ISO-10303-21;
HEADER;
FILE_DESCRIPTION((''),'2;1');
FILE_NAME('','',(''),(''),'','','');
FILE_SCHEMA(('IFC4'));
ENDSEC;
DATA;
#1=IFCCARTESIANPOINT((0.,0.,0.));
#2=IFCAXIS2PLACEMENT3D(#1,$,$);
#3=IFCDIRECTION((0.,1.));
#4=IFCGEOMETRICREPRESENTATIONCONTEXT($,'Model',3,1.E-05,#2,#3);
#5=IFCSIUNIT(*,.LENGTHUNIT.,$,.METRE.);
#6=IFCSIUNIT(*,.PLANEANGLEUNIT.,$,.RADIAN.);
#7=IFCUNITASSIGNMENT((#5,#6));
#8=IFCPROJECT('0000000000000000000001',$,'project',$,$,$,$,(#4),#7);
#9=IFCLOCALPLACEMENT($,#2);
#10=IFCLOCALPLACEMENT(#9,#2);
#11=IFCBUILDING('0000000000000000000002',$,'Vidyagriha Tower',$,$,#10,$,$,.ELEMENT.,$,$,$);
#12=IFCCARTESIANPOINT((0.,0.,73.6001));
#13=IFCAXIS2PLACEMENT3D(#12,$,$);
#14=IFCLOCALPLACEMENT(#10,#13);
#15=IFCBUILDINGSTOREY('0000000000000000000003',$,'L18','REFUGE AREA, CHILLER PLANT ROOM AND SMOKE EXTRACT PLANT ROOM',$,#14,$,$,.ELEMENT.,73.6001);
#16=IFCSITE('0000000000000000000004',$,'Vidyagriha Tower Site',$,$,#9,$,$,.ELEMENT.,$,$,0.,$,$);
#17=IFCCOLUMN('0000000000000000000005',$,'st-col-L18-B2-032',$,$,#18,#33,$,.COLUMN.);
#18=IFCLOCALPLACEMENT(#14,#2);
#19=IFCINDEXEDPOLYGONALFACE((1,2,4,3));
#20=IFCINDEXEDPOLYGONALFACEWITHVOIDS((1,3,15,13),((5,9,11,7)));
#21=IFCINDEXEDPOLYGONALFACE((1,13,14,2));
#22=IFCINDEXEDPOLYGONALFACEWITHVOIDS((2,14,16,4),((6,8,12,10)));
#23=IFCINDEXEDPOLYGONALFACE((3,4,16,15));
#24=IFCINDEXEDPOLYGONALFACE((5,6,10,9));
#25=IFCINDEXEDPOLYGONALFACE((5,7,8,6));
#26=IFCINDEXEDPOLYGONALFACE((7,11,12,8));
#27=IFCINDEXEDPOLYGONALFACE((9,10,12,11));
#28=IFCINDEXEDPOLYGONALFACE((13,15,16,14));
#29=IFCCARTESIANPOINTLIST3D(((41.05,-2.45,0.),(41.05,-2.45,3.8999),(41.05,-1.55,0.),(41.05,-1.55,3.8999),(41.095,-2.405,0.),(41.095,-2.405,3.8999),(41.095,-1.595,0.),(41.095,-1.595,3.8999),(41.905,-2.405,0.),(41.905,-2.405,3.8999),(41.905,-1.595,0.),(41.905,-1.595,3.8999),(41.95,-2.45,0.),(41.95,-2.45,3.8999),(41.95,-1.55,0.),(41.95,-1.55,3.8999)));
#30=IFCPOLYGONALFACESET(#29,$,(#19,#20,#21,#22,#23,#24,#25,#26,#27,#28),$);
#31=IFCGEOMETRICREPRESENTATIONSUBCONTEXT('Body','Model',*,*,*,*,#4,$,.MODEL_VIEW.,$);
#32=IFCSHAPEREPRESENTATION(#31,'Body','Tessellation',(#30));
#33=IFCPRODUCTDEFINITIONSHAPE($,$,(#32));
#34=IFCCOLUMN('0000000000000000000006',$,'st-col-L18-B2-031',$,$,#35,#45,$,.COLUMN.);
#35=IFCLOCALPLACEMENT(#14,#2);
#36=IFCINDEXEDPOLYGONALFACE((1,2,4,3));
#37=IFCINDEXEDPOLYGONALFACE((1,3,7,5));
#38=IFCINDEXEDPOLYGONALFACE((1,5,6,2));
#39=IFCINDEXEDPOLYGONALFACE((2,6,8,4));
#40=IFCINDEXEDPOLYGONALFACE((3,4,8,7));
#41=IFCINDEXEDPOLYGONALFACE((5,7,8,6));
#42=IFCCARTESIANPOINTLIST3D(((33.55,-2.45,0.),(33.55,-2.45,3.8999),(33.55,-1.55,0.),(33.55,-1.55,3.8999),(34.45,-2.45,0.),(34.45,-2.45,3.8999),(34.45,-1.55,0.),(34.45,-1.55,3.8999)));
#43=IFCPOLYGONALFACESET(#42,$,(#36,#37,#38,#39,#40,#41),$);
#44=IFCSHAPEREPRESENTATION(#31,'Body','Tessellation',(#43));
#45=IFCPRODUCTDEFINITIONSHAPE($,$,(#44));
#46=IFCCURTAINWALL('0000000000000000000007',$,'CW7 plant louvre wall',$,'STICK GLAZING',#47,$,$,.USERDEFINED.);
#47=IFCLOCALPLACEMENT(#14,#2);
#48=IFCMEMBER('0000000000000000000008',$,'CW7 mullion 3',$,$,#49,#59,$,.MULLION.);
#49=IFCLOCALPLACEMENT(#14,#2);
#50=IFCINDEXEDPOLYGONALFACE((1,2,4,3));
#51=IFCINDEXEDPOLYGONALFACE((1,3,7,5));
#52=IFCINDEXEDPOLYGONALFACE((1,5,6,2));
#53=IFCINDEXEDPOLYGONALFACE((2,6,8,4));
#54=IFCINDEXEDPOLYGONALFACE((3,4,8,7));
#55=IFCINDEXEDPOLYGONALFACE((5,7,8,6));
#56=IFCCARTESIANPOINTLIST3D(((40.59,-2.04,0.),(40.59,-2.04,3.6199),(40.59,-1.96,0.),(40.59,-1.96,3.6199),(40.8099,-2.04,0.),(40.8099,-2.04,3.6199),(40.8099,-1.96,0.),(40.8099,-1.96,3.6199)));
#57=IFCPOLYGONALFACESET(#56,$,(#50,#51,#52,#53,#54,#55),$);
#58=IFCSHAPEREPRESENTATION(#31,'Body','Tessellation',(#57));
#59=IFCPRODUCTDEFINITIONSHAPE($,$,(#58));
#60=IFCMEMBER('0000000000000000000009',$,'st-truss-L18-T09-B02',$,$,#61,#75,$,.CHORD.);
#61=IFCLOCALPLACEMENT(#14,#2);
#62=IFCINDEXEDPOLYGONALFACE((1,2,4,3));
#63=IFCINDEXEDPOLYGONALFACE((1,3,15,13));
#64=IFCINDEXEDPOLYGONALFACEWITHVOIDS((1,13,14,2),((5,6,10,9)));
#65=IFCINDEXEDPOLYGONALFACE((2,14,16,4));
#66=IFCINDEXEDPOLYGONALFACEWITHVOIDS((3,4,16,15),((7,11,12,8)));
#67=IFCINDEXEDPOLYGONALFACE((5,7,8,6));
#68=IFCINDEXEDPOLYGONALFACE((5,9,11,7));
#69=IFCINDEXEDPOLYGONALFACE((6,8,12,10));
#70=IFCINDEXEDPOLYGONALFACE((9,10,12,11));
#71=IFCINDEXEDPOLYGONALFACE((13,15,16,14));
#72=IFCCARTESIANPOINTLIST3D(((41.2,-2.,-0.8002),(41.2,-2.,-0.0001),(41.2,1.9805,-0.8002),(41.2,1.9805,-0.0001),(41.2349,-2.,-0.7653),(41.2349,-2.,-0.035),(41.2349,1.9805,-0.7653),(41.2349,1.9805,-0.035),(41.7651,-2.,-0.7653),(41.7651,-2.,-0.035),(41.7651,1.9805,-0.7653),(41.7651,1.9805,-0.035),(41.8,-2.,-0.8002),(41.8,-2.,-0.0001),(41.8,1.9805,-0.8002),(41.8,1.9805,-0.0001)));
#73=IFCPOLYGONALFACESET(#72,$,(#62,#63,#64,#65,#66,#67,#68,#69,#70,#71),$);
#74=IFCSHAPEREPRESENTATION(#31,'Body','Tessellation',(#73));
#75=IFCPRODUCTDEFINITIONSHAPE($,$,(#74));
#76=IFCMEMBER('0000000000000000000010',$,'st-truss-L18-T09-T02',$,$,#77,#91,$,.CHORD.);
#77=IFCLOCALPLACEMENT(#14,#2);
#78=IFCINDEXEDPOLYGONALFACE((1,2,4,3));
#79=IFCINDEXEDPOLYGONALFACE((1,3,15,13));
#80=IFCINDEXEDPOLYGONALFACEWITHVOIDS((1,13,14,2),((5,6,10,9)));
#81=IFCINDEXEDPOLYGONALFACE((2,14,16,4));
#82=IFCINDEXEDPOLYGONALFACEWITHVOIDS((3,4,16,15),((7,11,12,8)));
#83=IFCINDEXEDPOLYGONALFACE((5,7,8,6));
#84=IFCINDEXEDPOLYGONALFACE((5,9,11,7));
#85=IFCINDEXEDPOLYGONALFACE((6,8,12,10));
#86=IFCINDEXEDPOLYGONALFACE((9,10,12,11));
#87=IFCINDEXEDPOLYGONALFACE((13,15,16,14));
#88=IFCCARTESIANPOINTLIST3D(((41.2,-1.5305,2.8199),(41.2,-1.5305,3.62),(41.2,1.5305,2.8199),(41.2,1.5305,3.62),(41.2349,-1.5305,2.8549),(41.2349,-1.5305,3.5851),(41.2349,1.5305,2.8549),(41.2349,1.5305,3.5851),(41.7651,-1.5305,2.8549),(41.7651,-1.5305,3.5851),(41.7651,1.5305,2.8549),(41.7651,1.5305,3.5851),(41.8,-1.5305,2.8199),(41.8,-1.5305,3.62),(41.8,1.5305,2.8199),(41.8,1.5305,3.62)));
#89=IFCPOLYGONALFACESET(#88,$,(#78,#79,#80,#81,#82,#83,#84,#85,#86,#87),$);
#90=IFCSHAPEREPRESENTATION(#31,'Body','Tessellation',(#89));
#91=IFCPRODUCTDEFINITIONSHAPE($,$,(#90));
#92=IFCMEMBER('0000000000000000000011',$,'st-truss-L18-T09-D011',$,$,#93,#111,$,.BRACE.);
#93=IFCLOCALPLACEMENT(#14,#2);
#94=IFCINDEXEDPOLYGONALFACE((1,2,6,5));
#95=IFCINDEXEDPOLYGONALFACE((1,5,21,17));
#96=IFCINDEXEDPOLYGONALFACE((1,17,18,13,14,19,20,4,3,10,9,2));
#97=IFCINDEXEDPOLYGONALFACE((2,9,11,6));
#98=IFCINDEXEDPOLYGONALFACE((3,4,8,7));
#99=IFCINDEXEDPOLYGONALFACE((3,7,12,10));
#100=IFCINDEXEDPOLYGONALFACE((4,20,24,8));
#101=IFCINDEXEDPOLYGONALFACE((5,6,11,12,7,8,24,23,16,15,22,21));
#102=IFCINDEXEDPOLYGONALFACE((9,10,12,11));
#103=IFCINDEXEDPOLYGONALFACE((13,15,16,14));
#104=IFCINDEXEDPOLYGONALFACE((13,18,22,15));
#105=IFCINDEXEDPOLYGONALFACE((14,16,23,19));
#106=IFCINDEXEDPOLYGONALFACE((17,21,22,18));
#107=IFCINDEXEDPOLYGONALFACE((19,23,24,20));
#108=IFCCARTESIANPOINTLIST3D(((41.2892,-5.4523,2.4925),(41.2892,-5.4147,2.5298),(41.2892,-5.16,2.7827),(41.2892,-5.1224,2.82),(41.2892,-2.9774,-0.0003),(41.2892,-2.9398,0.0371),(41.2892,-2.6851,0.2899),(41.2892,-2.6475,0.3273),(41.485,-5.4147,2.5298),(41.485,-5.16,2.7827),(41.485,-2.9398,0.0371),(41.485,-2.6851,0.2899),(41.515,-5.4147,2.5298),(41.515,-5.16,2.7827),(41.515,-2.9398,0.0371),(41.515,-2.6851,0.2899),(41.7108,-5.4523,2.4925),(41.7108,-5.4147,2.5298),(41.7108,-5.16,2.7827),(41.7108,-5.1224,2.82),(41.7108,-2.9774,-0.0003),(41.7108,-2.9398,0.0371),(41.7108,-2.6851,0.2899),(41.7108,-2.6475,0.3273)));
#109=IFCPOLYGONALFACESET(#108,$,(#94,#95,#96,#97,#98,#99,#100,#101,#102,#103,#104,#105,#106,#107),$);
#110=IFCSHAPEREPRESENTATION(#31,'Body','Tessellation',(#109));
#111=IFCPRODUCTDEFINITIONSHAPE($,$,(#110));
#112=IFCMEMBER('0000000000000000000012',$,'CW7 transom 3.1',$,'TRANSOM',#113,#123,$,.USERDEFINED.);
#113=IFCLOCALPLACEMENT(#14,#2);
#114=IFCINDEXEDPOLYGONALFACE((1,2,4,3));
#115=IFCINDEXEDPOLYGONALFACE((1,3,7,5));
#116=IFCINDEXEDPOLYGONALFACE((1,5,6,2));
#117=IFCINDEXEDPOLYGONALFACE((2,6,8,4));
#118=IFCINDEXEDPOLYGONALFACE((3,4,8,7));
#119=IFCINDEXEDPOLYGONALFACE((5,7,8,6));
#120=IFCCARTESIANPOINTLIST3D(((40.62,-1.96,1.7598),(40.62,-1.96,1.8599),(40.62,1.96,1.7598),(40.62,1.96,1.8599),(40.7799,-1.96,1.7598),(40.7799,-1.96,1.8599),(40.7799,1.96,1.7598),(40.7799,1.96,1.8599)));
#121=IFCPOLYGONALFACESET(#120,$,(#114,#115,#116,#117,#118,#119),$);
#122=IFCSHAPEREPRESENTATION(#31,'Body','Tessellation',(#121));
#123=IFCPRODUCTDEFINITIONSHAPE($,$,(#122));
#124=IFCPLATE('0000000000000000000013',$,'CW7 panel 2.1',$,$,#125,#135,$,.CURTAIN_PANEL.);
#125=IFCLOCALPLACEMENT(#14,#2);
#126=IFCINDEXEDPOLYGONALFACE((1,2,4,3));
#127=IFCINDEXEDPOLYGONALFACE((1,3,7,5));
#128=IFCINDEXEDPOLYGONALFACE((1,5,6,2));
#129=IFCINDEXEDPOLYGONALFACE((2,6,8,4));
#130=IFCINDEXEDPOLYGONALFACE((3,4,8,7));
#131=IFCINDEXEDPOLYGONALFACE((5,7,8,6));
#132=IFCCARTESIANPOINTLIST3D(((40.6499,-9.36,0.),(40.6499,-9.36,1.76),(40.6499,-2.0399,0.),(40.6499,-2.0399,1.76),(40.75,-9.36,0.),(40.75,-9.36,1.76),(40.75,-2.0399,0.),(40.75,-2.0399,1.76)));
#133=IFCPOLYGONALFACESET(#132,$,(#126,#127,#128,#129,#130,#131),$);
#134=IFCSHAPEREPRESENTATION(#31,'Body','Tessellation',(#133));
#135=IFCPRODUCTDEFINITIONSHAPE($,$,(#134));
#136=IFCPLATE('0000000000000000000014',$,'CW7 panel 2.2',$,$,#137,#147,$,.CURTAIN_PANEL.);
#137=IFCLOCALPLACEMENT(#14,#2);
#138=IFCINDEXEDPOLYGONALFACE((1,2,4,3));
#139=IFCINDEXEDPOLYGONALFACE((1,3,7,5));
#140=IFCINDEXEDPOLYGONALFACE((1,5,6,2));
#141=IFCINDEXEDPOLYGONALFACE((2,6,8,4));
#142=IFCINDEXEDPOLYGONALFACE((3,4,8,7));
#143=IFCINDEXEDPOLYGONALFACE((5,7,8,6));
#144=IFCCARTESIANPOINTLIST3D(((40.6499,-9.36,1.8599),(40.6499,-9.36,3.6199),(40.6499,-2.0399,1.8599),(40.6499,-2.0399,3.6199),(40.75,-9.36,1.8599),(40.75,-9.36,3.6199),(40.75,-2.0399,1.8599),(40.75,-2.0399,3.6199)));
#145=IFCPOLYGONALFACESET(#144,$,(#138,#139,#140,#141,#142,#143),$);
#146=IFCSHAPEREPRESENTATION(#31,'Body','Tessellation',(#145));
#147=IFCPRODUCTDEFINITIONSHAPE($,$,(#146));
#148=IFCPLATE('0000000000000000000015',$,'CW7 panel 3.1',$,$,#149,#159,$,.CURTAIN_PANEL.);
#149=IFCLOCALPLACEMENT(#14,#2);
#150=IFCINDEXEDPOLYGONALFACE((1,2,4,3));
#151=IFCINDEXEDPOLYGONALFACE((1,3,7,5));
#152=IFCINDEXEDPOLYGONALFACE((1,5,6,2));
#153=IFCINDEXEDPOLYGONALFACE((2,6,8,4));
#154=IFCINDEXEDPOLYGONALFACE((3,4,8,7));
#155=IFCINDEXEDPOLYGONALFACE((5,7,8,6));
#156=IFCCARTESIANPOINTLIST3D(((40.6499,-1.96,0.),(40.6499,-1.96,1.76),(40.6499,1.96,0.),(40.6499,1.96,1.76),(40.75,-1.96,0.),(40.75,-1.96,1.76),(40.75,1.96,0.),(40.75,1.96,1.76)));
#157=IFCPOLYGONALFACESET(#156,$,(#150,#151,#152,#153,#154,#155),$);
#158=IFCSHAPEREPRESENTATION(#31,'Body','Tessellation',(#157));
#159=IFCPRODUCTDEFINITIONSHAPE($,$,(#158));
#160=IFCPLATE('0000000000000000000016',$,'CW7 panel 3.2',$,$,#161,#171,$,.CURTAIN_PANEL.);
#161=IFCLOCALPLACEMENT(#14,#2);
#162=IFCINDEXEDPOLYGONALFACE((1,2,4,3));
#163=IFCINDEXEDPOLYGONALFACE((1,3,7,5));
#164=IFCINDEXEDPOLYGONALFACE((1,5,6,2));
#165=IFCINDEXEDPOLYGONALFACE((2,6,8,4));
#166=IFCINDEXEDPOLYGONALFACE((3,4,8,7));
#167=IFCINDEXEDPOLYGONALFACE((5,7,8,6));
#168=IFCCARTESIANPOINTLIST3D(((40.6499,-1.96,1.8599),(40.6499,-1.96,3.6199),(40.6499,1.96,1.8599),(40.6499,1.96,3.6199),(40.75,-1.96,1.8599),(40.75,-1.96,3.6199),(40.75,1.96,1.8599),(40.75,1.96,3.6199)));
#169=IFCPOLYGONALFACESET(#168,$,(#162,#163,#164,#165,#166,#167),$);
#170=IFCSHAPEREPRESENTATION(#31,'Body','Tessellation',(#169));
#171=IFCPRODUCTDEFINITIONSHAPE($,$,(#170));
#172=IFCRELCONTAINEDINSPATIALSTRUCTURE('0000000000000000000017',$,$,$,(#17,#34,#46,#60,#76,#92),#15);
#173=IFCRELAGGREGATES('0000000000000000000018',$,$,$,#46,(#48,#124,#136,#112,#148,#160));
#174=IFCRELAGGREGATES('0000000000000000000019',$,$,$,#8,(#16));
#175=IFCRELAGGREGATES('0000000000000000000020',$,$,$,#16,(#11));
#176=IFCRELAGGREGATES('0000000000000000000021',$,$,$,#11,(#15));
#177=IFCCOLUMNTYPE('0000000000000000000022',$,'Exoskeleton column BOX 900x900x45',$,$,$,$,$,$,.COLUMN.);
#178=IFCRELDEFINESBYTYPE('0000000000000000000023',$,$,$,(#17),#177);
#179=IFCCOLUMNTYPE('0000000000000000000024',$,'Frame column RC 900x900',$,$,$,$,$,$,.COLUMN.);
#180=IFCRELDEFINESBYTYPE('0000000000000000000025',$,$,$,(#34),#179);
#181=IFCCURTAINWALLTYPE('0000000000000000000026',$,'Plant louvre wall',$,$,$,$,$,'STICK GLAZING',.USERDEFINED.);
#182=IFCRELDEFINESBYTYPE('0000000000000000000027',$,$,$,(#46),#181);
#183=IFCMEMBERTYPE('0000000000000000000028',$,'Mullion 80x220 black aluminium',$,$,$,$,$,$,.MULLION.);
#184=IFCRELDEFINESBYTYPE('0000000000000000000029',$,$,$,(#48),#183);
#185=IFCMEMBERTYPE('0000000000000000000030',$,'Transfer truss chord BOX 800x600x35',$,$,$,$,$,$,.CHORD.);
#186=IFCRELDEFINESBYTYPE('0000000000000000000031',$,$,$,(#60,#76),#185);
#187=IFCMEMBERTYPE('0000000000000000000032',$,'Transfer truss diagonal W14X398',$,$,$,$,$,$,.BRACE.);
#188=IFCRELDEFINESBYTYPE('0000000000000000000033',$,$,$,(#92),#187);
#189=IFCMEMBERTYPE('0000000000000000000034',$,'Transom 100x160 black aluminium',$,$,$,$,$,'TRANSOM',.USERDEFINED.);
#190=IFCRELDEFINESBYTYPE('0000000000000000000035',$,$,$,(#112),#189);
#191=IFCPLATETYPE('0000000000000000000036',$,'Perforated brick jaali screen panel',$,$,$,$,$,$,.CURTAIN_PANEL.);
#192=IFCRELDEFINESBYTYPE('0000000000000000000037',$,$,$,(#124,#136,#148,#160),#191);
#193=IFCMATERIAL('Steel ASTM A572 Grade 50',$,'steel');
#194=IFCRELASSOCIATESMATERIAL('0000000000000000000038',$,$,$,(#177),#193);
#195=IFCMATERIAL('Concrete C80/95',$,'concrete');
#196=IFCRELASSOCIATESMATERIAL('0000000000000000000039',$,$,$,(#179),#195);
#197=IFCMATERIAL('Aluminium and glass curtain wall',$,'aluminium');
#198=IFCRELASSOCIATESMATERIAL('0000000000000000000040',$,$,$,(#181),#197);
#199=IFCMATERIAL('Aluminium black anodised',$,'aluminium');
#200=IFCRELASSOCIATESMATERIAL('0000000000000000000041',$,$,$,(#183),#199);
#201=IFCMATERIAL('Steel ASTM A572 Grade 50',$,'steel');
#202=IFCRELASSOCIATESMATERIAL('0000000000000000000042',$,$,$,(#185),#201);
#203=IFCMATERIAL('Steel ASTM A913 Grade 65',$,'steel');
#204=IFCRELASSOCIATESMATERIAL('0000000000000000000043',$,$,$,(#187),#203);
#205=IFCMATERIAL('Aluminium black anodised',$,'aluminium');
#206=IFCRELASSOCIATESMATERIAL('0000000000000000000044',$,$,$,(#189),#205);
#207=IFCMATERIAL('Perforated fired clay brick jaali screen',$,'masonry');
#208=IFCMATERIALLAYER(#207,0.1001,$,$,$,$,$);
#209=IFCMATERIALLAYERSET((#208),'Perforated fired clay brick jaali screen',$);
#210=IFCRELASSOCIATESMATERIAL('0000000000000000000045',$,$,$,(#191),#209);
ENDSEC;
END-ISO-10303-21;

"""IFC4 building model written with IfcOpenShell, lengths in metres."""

from ifc_helpers import new_model, si_unit, direction, frame, origin, origin_2d, place, context, subcontext, project, spatial, rectangle, hollow_rectangle, i_section, extrude, material, layer, layer_set, material_profile, profile_set, type_object, element, aggregate, save


model = new_model("IFC4")

# Units and contexts
model_context = context("Model", 3, precision=1e-05, world=origin(), true_north=direction((0.0, 1.0)))
body_context = subcontext(model_context, "Body", "Model", "MODEL_VIEW")
ifc_project = project(units=[si_unit("LENGTHUNIT", "METRE"), si_unit("PLANEANGLEUNIT", "RADIAN")], contexts=[model_context])

# Site, building, storey
site_placement = place(None, origin())
site = spatial("IfcSite", under=ifc_project, at=site_placement, Name="Vidyagriha Tower Site", CompositionType="ELEMENT", RefElevation=0.0)
building_placement = place(site_placement, origin())
building = spatial("IfcBuilding", under=site, at=building_placement, Name="Vidyagriha Tower", CompositionType="ELEMENT")
storey_placement = place(building_placement, frame((0.0, 0.0, 73.6001)))
storey = spatial("IfcBuildingStorey", under=building, at=storey_placement, Name="L18", Description="REFUGE AREA, CHILLER PLANT ROOM AND SMOKE EXTRACT PLANT ROOM", CompositionType="ELEMENT", Elevation=73.6001)

# Columns
ifc_material_1 = material(Name="Steel ASTM A572 Grade 50", Category="steel")
ifc_material_profile_1 = material_profile(ifc_material_1, hollow_rectangle(XDim=0.8999, YDim=0.8999, WallThickness=0.0449, at=origin_2d()), Name="BOX 900x900x45")
ifc_profile_set_1 = profile_set([ifc_material_profile_1], Name="Steel ASTM A572 Grade 50")
column_type_1 = type_object("IfcColumnType", Name="Exoskeleton column BOX 900x900x45", PredefinedType="COLUMN", material=ifc_profile_set_1)
column_1_placement = place(storey_placement, frame((41.5, -2.0, 0.0)))
element("IfcColumn", 1, at=column_1_placement, inside=storey, type_object=column_type_1, Name="st-col-L18-B2-032", PredefinedType="COLUMN", context=body_context, shape_type="SweptSolid", body=[
    extrude(hollow_rectangle(XDim=0.8999, YDim=0.8999, WallThickness=0.0449, at=origin_2d()), origin(), (0.0, 0.0, 1.0), 3.8999),
])
ifc_material_2 = material(Name="Concrete C80/95", Category="concrete")
ifc_material_profile_2 = material_profile(ifc_material_2, rectangle(XDim=0.8999, YDim=0.8999, at=origin_2d()), Name="RC 900x900")
ifc_profile_set_2 = profile_set([ifc_material_profile_2], Name="Concrete C80/95")
column_type_2 = type_object("IfcColumnType", Name="Frame column RC 900x900", PredefinedType="COLUMN", material=ifc_profile_set_2)
column_2_placement = place(storey_placement, frame((34.0, -2.0, 0.0)))
element("IfcColumn", 2, at=column_2_placement, inside=storey, type_object=column_type_2, Name="st-col-L18-B2-031", PredefinedType="COLUMN", context=body_context, shape_type="SweptSolid", body=[
    extrude(rectangle(XDim=0.8999, YDim=0.8999, at=origin_2d()), origin(), (0.0, 0.0, 1.0), 3.8999),
])

# Curtain wall, member
ifc_material_3 = material(Name="Aluminium and glass curtain wall", Category="aluminium")
curtain_wall_type = type_object("IfcCurtainWallType", Name="Plant louvre wall", ElementType="STICK GLAZING", PredefinedType="USERDEFINED", material=ifc_material_3)
curtain_wall_placement = place(storey_placement, origin())
curtain_wall = element("IfcCurtainWall", 3, at=curtain_wall_placement, inside=storey, type_object=curtain_wall_type, Name="CW7 plant louvre wall", ObjectType="STICK GLAZING", PredefinedType="USERDEFINED")
ifc_material_4 = material(Name="Aluminium black anodised", Category="aluminium")
ifc_material_profile_3 = material_profile(ifc_material_4, rectangle(XDim=0.22, YDim=0.0801, at=origin_2d()), Name="Mullion 80x220 black aluminium")
ifc_profile_set_3 = profile_set([ifc_material_profile_3], Name="Aluminium black anodised")
member_type_1 = type_object("IfcMemberType", Name="Mullion 80x220 black aluminium", PredefinedType="MULLION", material=ifc_profile_set_3)
member_1_placement = place(storey_placement, frame((40.7, -2.0, 0.0), z_axis=(0.0, 0.0, 1.0), x_axis=(-1.0, 0.0, 0.0)))
member_1 = element("IfcMember", 4, at=member_1_placement, type_object=member_type_1, Name="CW7 mullion 3", PredefinedType="MULLION", context=body_context, shape_type="SweptSolid", body=[
    extrude(rectangle(XDim=0.22, YDim=0.0801, at=origin_2d()), origin(), (0.0, 0.0, 1.0), 3.6199),
])

# Members
ifc_material_5 = material(Name="Steel ASTM A572 Grade 50", Category="steel")
ifc_material_profile_4 = material_profile(ifc_material_5, hollow_rectangle(XDim=0.6001, YDim=0.8, WallThickness=0.0349, at=origin_2d()), Name="BOX 800x600x35")
ifc_profile_set_4 = profile_set([ifc_material_profile_4], Name="Steel ASTM A572 Grade 50")
member_type_2 = type_object("IfcMemberType", Name="Transfer truss chord BOX 800x600x35", PredefinedType="CHORD", material=ifc_profile_set_4)
member_2_placement = place(storey_placement, frame((41.5, -2.0, -0.4001), z_axis=(0.0, 1.0, 0.0), x_axis=(-1.0, 0.0, 0.0)))
element("IfcMember", 5, at=member_2_placement, inside=storey, type_object=member_type_2, Name="st-truss-L18-T09-B02", PredefinedType="CHORD", context=body_context, shape_type="SweptSolid", body=[
    extrude(hollow_rectangle(XDim=0.6001, YDim=0.8, WallThickness=0.0349, at=origin_2d()), origin(), (0.0, 0.0, 1.0), 3.9805),
])
member_3_placement = place(storey_placement, frame((41.5, -1.5305, 3.22), z_axis=(0.0, 1.0, 0.0), x_axis=(-1.0, 0.0, 0.0)))
element("IfcMember", 6, at=member_3_placement, inside=storey, type_object=member_type_2, Name="st-truss-L18-T09-T02", PredefinedType="CHORD", context=body_context, shape_type="SweptSolid", body=[
    extrude(hollow_rectangle(XDim=0.6001, YDim=0.8, WallThickness=0.0349, at=origin_2d()), origin(), (0.0, 0.0, 1.0), 3.061),
])
ifc_material_6 = material(Name="Steel ASTM A913 Grade 65", Category="steel")
ifc_material_profile_5 = material_profile(ifc_material_6, i_section(OverallWidth=0.4216, OverallDepth=0.4648, WebThickness=0.03, FlangeThickness=0.053, at=origin_2d()), Name="W14X398")
ifc_profile_set_5 = profile_set([ifc_material_profile_5], Name="Steel ASTM A913 Grade 65")
member_type_3 = type_object("IfcMemberType", Name="Transfer truss diagonal W14X398", PredefinedType="BRACE", material=ifc_profile_set_5)
member_4_placement = place(storey_placement, frame((41.5, -5.2874, 2.6562), z_axis=(0.0, 0.704565, -0.709639), x_axis=(-1.0, 0.0, 0.0)))
element("IfcMember", 7, at=member_4_placement, inside=storey, type_object=member_type_3, Name="st-truss-L18-T09-D011", PredefinedType="BRACE", context=body_context, shape_type="SweptSolid", body=[
    extrude(i_section(OverallWidth=0.4216, OverallDepth=0.4648, WebThickness=0.03, FlangeThickness=0.053, at=origin_2d()), origin(), (0.0, 0.0, 1.0), 3.5127),
])

# Member
ifc_material_7 = material(Name="Aluminium black anodised", Category="aluminium")
ifc_material_profile_6 = material_profile(ifc_material_7, rectangle(XDim=0.1599, YDim=0.1001, at=origin_2d()), Name="Transom 100x160 black aluminium")
ifc_profile_set_6 = profile_set([ifc_material_profile_6], Name="Aluminium black anodised")
member_type_4 = type_object("IfcMemberType", Name="Transom 100x160 black aluminium", ElementType="TRANSOM", PredefinedType="USERDEFINED", material=ifc_profile_set_6)
member_5_placement = place(storey_placement, frame((40.7, -1.96, 1.8098), z_axis=(0.0, 1.0, 0.0), x_axis=(-1.0, 0.0, 0.0)))
member_5 = element("IfcMember", 8, at=member_5_placement, type_object=member_type_4, Name="CW7 transom 3.1", ObjectType="TRANSOM", PredefinedType="USERDEFINED", context=body_context, shape_type="SweptSolid", body=[
    extrude(rectangle(XDim=0.1599, YDim=0.1001, at=origin_2d()), origin(), (0.0, 0.0, 1.0), 3.9199),
])

# Plates
ifc_material_8 = material(Name="Perforated fired clay brick jaali screen", Category="masonry")
ifc_layer = layer(ifc_material_8, 0.1001)
ifc_layer_set = layer_set([ifc_layer], Name="Perforated fired clay brick jaali screen")
plate_type = type_object("IfcPlateType", Name="Perforated brick jaali screen panel", PredefinedType="CURTAIN_PANEL", material=ifc_layer_set)
plate_1_placement = place(storey_placement, frame((40.7, -5.7, 0.0), z_axis=(0.0, 0.0, 1.0), x_axis=(0.0, 1.0, 0.0)))
plate_1 = element("IfcPlate", 9, at=plate_1_placement, type_object=plate_type, Name="CW7 panel 2.1", PredefinedType="CURTAIN_PANEL", context=body_context, shape_type="SweptSolid", body=[
    extrude(rectangle(XDim=7.3201, YDim=0.1001, at=origin_2d()), origin(), (0.0, 0.0, 1.0), 1.76),
])
plate_2_placement = place(storey_placement, frame((40.7, -5.7, 1.8599), z_axis=(0.0, 0.0, 1.0), x_axis=(0.0, 1.0, 0.0)))
plate_2 = element("IfcPlate", 10, at=plate_2_placement, type_object=plate_type, Name="CW7 panel 2.2", PredefinedType="CURTAIN_PANEL", context=body_context, shape_type="SweptSolid", body=[
    extrude(rectangle(XDim=7.3201, YDim=0.1001, at=origin_2d()), origin(), (0.0, 0.0, 1.0), 1.76),
])
plate_3_placement = place(storey_placement, frame((40.7, 0.0, 0.0), z_axis=(0.0, 0.0, 1.0), x_axis=(0.0, 1.0, 0.0)))
plate_3 = element("IfcPlate", 11, at=plate_3_placement, type_object=plate_type, Name="CW7 panel 3.1", PredefinedType="CURTAIN_PANEL", context=body_context, shape_type="SweptSolid", body=[
    extrude(rectangle(XDim=3.9199, YDim=0.1001, at=origin_2d()), origin(), (0.0, 0.0, 1.0), 1.76),
])
plate_4_placement = place(storey_placement, frame((40.7, 0.0, 1.8599), z_axis=(0.0, 0.0, 1.0), x_axis=(0.0, 1.0, 0.0)))
plate_4 = element("IfcPlate", 12, at=plate_4_placement, type_object=plate_type, Name="CW7 panel 3.2", PredefinedType="CURTAIN_PANEL", context=body_context, shape_type="SweptSolid", body=[
    extrude(rectangle(XDim=3.9199, YDim=0.1001, at=origin_2d()), origin(), (0.0, 0.0, 1.0), 1.76),
])
aggregate(curtain_wall, [member_1, plate_1, plate_2, member_5, plate_3, plate_4])

save(model, "model.ifc")
